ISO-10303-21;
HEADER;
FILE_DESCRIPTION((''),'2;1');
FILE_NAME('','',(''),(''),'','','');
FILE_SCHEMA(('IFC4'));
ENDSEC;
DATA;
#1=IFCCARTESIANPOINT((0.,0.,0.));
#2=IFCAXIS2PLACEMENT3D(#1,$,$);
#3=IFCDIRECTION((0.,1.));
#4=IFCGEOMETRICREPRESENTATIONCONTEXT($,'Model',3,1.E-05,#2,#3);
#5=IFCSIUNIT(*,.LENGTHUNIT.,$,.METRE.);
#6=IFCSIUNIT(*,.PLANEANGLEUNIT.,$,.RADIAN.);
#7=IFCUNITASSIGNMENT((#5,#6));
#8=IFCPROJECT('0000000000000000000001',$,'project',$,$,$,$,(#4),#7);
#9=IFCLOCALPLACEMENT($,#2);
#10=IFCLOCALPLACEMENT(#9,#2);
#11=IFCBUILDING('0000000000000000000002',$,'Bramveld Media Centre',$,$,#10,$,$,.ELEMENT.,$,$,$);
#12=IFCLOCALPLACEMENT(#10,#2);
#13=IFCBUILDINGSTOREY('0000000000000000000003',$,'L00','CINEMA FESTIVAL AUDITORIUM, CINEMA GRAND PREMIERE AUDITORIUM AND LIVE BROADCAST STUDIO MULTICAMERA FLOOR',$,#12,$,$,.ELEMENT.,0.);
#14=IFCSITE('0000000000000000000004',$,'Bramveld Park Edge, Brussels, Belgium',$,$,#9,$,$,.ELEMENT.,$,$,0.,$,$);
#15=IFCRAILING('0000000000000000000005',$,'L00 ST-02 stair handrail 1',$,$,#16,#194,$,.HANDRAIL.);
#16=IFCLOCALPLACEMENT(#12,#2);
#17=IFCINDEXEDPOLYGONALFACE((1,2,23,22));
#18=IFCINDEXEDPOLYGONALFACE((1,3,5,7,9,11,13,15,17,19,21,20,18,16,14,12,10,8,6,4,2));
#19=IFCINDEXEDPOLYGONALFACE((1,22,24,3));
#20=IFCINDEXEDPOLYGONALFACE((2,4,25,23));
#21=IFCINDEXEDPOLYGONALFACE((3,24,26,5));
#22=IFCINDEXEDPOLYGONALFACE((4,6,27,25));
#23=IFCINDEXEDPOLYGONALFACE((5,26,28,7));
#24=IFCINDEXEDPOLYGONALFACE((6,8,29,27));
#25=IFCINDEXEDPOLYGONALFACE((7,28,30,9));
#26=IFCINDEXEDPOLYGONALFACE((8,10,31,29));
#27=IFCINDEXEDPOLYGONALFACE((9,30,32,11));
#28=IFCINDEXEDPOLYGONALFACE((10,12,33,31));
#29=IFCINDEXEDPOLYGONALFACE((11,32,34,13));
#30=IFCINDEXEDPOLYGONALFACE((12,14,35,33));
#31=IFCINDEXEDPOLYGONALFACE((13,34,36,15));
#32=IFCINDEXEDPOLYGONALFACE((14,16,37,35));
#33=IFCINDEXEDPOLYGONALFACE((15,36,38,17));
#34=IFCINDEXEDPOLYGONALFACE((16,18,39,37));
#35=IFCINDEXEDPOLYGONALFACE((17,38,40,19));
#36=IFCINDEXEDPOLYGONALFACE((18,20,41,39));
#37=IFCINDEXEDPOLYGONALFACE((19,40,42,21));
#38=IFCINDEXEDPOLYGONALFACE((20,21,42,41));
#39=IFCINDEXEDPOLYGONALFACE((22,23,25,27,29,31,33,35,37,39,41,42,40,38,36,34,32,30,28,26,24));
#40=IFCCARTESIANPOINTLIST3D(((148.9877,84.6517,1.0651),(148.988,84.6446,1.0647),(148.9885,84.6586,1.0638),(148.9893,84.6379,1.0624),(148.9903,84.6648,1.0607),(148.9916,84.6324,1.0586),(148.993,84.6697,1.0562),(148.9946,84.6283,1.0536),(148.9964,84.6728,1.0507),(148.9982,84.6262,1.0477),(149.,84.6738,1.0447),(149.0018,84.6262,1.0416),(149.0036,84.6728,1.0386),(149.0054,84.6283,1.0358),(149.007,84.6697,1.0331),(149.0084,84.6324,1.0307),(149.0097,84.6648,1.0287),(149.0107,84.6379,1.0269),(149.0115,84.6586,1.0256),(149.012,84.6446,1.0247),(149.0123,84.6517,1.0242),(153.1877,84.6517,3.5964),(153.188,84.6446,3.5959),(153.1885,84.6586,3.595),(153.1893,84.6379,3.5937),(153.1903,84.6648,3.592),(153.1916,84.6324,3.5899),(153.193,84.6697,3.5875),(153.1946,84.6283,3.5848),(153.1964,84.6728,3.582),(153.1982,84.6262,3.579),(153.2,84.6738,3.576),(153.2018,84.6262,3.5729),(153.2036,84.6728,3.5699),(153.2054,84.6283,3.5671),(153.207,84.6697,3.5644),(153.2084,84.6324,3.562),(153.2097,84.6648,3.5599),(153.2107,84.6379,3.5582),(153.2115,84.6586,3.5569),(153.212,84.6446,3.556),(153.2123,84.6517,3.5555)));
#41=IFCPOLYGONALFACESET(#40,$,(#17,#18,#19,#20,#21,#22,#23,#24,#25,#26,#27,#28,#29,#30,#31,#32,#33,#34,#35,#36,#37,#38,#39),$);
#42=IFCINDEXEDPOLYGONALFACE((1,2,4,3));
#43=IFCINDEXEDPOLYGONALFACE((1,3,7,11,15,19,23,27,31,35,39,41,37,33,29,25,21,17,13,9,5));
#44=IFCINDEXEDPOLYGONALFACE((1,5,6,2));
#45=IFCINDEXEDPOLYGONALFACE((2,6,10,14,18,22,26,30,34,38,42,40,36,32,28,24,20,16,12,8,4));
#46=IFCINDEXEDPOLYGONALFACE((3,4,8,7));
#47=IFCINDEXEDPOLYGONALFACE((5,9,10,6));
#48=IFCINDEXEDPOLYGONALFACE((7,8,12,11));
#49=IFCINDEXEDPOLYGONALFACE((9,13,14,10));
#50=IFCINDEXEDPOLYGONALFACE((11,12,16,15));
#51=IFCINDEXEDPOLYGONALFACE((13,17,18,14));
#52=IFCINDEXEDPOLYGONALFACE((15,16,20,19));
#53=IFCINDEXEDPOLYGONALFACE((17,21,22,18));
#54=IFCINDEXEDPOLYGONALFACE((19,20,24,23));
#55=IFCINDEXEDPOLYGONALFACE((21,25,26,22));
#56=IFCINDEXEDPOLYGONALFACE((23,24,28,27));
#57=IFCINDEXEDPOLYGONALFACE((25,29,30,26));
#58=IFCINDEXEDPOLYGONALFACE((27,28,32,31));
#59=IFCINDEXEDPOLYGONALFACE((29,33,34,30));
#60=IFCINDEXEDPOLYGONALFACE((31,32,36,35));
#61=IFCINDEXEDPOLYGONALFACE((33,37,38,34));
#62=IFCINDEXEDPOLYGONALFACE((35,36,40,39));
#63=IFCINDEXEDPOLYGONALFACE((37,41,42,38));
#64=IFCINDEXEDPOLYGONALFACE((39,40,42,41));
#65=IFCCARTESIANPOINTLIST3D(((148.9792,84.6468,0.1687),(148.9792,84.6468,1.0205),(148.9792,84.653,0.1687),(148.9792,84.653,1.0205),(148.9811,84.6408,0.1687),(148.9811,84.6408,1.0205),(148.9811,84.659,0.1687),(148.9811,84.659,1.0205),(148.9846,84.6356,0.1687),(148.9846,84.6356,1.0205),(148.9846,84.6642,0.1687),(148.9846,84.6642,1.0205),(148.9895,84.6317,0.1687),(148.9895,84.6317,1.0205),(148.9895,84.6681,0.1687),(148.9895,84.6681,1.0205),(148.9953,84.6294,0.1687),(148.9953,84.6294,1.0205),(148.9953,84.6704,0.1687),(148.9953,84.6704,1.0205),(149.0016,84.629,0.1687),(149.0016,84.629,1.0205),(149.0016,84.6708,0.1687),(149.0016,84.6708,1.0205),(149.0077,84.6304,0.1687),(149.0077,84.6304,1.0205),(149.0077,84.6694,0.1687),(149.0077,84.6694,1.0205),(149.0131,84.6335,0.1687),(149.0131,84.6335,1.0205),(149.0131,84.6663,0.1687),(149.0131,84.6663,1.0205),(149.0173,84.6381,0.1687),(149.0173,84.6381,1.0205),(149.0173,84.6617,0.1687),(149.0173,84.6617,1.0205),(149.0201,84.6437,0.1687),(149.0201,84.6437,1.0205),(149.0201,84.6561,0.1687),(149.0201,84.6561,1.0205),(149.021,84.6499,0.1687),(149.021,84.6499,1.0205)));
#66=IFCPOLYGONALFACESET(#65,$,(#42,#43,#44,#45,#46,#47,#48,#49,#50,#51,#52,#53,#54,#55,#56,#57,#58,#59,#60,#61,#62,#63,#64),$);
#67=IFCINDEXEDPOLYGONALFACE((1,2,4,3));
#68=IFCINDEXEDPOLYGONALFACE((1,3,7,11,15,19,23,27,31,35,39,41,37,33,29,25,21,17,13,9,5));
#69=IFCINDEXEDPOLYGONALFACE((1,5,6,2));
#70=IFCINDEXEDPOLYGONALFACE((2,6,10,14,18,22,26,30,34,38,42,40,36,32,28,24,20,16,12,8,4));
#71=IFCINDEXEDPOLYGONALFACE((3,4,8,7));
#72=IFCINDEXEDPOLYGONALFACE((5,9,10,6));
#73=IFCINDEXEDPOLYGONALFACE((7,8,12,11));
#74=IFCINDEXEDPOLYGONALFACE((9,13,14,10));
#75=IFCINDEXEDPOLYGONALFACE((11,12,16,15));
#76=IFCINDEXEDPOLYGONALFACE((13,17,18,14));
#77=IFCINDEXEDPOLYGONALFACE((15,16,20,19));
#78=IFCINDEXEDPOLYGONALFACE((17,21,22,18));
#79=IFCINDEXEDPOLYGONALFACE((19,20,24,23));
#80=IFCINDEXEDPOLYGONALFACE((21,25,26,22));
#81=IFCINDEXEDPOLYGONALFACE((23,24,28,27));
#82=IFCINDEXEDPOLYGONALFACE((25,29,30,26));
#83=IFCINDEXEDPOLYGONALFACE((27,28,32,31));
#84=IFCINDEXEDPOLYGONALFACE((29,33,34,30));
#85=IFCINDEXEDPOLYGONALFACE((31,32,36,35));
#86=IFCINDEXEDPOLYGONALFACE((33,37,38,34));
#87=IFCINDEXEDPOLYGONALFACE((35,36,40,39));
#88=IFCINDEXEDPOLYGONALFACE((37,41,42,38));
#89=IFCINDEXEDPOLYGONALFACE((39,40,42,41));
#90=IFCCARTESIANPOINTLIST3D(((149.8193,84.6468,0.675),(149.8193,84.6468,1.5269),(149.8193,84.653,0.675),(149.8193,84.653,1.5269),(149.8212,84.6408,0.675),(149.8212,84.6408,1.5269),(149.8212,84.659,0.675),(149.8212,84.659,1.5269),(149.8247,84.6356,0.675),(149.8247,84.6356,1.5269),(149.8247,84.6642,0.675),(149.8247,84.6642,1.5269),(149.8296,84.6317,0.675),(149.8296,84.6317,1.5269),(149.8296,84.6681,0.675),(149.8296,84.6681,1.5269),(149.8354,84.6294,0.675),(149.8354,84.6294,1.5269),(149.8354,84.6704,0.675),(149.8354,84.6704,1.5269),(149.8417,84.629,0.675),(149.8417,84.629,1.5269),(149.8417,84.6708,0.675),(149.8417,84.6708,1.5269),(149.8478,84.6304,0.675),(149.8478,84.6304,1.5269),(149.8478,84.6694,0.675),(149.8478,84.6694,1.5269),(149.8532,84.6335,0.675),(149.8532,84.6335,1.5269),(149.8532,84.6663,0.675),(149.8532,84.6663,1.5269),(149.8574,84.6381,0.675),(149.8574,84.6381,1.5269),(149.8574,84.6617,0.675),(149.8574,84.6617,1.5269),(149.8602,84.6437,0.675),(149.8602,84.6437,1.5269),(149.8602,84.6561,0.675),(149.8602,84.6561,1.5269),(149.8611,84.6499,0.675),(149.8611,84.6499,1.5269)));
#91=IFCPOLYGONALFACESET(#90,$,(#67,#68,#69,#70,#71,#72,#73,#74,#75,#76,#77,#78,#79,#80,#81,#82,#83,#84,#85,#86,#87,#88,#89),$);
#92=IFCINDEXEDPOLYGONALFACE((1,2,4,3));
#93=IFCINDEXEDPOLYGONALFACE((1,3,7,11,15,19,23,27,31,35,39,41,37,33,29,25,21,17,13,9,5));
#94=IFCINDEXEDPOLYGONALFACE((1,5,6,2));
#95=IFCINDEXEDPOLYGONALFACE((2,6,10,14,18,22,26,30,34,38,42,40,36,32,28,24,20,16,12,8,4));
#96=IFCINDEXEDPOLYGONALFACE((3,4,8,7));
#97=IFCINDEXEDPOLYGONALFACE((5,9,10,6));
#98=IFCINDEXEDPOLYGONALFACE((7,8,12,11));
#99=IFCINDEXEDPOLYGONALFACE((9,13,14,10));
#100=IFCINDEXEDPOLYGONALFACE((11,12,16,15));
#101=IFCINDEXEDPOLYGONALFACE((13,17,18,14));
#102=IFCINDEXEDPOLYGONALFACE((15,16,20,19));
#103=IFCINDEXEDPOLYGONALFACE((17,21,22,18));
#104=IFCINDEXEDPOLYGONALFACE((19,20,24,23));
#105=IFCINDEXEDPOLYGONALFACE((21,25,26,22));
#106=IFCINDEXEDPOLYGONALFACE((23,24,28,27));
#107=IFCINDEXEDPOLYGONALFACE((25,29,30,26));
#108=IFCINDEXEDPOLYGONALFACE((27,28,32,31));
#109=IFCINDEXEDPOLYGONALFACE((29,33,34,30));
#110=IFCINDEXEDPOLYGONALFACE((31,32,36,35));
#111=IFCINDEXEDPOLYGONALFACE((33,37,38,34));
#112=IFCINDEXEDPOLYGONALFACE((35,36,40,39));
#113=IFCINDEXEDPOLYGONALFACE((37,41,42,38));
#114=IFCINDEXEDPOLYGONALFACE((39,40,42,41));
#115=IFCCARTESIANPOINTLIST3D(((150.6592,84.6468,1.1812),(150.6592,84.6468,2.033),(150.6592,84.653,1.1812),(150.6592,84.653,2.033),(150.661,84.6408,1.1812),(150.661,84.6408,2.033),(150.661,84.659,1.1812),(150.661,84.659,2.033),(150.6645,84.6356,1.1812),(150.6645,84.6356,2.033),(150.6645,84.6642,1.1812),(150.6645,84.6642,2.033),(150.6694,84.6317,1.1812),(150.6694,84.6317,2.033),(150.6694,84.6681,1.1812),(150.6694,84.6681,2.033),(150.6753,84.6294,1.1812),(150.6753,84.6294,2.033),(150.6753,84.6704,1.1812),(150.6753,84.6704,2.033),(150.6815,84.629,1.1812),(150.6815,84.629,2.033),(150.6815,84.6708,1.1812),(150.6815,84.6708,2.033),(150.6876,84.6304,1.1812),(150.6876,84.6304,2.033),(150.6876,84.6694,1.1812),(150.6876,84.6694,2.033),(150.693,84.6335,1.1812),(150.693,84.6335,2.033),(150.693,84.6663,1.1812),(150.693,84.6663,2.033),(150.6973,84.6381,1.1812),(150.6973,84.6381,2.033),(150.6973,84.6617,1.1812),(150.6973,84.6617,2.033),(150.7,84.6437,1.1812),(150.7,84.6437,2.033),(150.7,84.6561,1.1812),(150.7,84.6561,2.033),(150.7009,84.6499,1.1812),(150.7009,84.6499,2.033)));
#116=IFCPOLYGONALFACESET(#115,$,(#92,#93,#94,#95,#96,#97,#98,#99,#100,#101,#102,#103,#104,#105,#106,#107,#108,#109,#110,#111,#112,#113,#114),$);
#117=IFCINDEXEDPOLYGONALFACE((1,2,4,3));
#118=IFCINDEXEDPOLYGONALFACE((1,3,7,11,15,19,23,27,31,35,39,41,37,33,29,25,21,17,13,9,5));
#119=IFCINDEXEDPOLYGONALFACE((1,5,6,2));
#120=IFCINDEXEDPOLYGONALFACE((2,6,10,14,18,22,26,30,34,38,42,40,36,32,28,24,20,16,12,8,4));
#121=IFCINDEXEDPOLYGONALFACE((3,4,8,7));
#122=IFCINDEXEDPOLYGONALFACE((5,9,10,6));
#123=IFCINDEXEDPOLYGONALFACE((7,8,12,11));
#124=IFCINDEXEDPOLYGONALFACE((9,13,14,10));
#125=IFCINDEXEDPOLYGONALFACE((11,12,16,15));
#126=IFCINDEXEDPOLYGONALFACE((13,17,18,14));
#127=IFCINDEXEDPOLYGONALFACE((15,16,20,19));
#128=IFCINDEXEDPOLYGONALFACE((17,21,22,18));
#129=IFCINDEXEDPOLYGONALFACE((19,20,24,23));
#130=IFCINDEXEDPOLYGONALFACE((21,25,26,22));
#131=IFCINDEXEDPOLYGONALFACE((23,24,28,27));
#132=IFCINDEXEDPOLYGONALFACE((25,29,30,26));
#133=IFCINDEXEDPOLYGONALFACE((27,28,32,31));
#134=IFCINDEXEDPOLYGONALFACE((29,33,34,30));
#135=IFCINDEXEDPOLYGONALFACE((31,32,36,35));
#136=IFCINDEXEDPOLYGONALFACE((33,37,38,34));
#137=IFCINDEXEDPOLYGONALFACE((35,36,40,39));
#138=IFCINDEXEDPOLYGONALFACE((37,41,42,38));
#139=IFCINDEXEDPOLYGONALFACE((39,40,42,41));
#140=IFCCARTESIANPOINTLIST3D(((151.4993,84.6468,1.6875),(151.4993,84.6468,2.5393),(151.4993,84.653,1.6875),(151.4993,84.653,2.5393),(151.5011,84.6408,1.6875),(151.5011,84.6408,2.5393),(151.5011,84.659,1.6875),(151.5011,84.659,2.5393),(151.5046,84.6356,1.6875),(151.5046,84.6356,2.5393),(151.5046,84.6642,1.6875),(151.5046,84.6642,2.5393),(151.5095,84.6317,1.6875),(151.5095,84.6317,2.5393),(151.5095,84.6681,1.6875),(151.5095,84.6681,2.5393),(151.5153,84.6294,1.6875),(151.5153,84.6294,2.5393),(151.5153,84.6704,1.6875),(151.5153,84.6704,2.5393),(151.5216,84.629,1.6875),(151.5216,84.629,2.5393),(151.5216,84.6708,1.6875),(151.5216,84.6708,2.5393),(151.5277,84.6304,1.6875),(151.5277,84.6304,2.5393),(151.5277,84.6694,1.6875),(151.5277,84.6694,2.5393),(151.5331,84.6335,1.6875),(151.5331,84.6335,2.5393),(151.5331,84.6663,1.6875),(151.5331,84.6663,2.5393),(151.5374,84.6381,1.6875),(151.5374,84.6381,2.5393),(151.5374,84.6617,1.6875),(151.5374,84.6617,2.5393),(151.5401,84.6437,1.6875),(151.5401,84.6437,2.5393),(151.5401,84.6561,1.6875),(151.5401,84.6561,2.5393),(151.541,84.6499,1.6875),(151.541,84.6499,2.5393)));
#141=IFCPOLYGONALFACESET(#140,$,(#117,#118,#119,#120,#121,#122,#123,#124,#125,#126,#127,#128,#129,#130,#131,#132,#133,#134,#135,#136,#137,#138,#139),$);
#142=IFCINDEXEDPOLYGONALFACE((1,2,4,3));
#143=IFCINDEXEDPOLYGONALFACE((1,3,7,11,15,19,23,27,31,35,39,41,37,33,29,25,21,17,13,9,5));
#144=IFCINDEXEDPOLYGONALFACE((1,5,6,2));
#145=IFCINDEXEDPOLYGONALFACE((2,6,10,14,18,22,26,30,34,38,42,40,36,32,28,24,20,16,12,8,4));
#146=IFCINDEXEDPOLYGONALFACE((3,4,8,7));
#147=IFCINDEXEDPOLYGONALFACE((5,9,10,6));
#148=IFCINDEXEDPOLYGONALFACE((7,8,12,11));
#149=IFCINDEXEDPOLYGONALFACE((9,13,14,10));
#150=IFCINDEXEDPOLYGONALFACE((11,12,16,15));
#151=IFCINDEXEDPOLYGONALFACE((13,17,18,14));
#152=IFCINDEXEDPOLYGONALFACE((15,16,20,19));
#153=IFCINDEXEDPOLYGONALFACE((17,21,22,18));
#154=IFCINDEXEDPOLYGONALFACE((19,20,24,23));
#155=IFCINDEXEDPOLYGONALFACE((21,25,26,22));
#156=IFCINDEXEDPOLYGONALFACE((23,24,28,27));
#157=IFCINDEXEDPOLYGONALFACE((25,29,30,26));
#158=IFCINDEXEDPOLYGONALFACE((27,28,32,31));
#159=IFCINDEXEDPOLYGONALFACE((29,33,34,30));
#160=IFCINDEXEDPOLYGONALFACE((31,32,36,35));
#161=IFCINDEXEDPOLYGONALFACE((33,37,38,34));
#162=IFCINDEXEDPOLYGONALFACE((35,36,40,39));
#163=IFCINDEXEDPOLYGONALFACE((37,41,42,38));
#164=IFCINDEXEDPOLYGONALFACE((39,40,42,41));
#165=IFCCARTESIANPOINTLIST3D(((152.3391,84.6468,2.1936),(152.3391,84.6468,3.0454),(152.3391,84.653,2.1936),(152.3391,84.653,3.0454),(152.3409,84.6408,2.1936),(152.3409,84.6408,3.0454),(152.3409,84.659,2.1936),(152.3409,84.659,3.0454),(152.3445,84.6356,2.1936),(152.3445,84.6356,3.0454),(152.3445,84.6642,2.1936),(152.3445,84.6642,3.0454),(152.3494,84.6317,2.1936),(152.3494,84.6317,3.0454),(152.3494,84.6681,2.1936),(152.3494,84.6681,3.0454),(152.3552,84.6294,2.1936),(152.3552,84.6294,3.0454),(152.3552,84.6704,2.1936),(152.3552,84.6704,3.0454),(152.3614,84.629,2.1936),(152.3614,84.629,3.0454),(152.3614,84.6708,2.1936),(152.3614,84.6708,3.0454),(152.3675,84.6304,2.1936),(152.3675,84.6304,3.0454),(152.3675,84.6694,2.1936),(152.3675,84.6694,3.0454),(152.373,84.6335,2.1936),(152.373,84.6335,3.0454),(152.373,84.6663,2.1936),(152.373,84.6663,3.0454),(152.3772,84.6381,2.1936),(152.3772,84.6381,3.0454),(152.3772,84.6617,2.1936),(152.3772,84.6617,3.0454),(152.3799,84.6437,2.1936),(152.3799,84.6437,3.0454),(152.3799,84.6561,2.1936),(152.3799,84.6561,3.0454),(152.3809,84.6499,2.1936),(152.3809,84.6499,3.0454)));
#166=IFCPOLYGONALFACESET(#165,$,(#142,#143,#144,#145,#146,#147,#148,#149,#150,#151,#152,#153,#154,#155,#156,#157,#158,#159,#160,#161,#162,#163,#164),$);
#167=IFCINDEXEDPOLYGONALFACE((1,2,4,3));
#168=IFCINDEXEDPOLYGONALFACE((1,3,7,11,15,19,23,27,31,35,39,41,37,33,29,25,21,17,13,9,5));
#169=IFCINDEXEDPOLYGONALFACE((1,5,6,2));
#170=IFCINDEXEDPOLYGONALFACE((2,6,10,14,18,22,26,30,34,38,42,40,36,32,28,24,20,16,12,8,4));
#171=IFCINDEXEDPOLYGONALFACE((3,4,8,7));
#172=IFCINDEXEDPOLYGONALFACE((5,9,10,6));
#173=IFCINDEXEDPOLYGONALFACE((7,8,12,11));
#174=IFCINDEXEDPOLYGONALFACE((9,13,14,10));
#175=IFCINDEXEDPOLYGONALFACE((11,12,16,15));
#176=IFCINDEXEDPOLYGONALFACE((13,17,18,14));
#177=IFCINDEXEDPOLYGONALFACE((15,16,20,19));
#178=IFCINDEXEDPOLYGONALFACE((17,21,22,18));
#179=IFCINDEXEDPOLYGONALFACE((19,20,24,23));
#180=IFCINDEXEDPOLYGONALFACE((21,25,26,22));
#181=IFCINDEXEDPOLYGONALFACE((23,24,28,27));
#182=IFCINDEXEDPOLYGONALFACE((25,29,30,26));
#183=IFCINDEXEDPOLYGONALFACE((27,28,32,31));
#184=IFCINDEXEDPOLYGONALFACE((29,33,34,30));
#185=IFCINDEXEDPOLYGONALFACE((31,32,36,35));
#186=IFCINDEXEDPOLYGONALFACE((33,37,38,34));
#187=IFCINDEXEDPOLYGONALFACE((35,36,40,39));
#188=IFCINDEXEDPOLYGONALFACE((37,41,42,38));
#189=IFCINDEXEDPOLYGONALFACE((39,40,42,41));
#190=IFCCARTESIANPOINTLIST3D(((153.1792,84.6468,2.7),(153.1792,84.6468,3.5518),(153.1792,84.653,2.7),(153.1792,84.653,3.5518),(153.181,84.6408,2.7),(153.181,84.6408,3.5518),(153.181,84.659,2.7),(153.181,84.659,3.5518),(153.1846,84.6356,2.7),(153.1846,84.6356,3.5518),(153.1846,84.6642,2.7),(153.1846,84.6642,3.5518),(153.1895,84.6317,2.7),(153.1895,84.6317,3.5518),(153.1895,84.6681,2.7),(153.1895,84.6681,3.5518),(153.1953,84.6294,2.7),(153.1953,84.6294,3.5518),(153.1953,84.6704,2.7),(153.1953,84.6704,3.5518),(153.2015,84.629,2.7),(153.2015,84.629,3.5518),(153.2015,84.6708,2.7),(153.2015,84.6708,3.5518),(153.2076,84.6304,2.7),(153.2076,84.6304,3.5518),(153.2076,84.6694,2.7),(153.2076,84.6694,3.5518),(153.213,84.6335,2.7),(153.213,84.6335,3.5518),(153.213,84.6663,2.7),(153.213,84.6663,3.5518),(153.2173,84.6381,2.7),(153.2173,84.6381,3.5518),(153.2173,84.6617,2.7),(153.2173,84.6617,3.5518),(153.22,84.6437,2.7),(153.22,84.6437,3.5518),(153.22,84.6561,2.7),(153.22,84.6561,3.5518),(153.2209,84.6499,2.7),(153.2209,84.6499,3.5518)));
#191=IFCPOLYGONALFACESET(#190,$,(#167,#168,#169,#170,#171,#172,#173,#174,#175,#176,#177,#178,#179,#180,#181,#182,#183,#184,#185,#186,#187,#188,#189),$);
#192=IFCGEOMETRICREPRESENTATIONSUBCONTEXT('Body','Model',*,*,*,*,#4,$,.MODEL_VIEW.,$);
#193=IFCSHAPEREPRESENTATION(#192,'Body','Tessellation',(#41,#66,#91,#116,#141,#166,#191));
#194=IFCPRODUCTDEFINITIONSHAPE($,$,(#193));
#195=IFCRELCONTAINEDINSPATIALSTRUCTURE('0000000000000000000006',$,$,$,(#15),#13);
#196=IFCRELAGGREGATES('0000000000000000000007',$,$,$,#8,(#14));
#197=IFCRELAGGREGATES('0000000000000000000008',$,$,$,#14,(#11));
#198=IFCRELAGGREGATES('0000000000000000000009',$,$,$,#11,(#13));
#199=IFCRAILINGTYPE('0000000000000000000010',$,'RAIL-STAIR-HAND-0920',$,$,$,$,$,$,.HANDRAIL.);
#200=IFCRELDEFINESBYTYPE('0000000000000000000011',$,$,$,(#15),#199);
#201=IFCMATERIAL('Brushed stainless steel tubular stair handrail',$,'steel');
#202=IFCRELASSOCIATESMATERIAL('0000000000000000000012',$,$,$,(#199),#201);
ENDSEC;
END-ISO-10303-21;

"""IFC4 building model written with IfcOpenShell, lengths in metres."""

from ifc_helpers import new_model, si_unit, direction, frame, origin, origin_2d, place, context, subcontext, project, spatial, circle, extrude, material, type_object, element, save


model = new_model("IFC4")

# Units and contexts
model_context = context("Model", 3, precision=1e-05, world=origin(), true_north=direction((0.0, 1.0)))
body_context = subcontext(model_context, "Body", "Model", "MODEL_VIEW")
ifc_project = project(units=[si_unit("LENGTHUNIT", "METRE"), si_unit("PLANEANGLEUNIT", "RADIAN")], contexts=[model_context])

# Site, building, storey
site_placement = place(None, origin())
site = spatial("IfcSite", under=ifc_project, at=site_placement, Name="Bramveld Park Edge, Brussels, Belgium", CompositionType="ELEMENT", RefElevation=0.0)
building_placement = place(site_placement, origin())
building = spatial("IfcBuilding", under=site, at=building_placement, Name="Bramveld Media Centre", CompositionType="ELEMENT")
storey_placement = place(building_placement, origin())
storey = spatial("IfcBuildingStorey", under=building, at=storey_placement, Name="L00", Description="CINEMA FESTIVAL AUDITORIUM, CINEMA GRAND PREMIERE AUDITORIUM AND LIVE BROADCAST STUDIO MULTICAMERA FLOOR", CompositionType="ELEMENT", Elevation=0.0)

# Railing
ifc_material_1 = material(Name="Brushed stainless steel tubular stair handrail", Category="steel")
railing_type_1 = type_object("IfcRailingType", Name="RAIL-STAIR-HAND-0920", PredefinedType="HANDRAIL", material=ifc_material_1)
railing_1_placement = place(storey_placement, frame((149.0, 84.6499, 0.1687)))
element("IfcRailing", 1, at=railing_1_placement, inside=storey, type_object=railing_type_1, Name="L00 ST-02 stair handrail 1", PredefinedType="HANDRAIL", context=body_context, shape_type="SweptSolid", body=[
    extrude(circle(Radius=0.0239, at=origin_2d()), frame((0.0, 0.0, 0.876), z_axis=(0.856476, 0.0, 0.516186), x_axis=(0.0, 1.0, 0.0)), (0.0, 0.0, 1.0), 4.9038),
    extrude(circle(Radius=0.021, at=origin_2d()), origin(), (0.0, 0.0, 1.0), 0.8518),
    extrude(circle(Radius=0.021, at=origin_2d()), frame((0.8401, 0.0, 0.5063)), (0.0, 0.0, 1.0), 0.8518),
    extrude(circle(Radius=0.021, at=origin_2d()), frame((1.6799, 0.0, 1.0125)), (0.0, 0.0, 1.0), 0.8518),
    extrude(circle(Radius=0.021, at=origin_2d()), frame((2.52, 0.0, 1.5188)), (0.0, 0.0, 1.0), 0.8518),
    extrude(circle(Radius=0.021, at=origin_2d()), frame((3.3599, 0.0, 2.0249)), (0.0, 0.0, 1.0), 0.8518),
    extrude(circle(Radius=0.021, at=origin_2d()), frame((4.2, 0.0, 2.5312)), (0.0, 0.0, 1.0), 0.8518),
])

save(model, "model.ifc")
